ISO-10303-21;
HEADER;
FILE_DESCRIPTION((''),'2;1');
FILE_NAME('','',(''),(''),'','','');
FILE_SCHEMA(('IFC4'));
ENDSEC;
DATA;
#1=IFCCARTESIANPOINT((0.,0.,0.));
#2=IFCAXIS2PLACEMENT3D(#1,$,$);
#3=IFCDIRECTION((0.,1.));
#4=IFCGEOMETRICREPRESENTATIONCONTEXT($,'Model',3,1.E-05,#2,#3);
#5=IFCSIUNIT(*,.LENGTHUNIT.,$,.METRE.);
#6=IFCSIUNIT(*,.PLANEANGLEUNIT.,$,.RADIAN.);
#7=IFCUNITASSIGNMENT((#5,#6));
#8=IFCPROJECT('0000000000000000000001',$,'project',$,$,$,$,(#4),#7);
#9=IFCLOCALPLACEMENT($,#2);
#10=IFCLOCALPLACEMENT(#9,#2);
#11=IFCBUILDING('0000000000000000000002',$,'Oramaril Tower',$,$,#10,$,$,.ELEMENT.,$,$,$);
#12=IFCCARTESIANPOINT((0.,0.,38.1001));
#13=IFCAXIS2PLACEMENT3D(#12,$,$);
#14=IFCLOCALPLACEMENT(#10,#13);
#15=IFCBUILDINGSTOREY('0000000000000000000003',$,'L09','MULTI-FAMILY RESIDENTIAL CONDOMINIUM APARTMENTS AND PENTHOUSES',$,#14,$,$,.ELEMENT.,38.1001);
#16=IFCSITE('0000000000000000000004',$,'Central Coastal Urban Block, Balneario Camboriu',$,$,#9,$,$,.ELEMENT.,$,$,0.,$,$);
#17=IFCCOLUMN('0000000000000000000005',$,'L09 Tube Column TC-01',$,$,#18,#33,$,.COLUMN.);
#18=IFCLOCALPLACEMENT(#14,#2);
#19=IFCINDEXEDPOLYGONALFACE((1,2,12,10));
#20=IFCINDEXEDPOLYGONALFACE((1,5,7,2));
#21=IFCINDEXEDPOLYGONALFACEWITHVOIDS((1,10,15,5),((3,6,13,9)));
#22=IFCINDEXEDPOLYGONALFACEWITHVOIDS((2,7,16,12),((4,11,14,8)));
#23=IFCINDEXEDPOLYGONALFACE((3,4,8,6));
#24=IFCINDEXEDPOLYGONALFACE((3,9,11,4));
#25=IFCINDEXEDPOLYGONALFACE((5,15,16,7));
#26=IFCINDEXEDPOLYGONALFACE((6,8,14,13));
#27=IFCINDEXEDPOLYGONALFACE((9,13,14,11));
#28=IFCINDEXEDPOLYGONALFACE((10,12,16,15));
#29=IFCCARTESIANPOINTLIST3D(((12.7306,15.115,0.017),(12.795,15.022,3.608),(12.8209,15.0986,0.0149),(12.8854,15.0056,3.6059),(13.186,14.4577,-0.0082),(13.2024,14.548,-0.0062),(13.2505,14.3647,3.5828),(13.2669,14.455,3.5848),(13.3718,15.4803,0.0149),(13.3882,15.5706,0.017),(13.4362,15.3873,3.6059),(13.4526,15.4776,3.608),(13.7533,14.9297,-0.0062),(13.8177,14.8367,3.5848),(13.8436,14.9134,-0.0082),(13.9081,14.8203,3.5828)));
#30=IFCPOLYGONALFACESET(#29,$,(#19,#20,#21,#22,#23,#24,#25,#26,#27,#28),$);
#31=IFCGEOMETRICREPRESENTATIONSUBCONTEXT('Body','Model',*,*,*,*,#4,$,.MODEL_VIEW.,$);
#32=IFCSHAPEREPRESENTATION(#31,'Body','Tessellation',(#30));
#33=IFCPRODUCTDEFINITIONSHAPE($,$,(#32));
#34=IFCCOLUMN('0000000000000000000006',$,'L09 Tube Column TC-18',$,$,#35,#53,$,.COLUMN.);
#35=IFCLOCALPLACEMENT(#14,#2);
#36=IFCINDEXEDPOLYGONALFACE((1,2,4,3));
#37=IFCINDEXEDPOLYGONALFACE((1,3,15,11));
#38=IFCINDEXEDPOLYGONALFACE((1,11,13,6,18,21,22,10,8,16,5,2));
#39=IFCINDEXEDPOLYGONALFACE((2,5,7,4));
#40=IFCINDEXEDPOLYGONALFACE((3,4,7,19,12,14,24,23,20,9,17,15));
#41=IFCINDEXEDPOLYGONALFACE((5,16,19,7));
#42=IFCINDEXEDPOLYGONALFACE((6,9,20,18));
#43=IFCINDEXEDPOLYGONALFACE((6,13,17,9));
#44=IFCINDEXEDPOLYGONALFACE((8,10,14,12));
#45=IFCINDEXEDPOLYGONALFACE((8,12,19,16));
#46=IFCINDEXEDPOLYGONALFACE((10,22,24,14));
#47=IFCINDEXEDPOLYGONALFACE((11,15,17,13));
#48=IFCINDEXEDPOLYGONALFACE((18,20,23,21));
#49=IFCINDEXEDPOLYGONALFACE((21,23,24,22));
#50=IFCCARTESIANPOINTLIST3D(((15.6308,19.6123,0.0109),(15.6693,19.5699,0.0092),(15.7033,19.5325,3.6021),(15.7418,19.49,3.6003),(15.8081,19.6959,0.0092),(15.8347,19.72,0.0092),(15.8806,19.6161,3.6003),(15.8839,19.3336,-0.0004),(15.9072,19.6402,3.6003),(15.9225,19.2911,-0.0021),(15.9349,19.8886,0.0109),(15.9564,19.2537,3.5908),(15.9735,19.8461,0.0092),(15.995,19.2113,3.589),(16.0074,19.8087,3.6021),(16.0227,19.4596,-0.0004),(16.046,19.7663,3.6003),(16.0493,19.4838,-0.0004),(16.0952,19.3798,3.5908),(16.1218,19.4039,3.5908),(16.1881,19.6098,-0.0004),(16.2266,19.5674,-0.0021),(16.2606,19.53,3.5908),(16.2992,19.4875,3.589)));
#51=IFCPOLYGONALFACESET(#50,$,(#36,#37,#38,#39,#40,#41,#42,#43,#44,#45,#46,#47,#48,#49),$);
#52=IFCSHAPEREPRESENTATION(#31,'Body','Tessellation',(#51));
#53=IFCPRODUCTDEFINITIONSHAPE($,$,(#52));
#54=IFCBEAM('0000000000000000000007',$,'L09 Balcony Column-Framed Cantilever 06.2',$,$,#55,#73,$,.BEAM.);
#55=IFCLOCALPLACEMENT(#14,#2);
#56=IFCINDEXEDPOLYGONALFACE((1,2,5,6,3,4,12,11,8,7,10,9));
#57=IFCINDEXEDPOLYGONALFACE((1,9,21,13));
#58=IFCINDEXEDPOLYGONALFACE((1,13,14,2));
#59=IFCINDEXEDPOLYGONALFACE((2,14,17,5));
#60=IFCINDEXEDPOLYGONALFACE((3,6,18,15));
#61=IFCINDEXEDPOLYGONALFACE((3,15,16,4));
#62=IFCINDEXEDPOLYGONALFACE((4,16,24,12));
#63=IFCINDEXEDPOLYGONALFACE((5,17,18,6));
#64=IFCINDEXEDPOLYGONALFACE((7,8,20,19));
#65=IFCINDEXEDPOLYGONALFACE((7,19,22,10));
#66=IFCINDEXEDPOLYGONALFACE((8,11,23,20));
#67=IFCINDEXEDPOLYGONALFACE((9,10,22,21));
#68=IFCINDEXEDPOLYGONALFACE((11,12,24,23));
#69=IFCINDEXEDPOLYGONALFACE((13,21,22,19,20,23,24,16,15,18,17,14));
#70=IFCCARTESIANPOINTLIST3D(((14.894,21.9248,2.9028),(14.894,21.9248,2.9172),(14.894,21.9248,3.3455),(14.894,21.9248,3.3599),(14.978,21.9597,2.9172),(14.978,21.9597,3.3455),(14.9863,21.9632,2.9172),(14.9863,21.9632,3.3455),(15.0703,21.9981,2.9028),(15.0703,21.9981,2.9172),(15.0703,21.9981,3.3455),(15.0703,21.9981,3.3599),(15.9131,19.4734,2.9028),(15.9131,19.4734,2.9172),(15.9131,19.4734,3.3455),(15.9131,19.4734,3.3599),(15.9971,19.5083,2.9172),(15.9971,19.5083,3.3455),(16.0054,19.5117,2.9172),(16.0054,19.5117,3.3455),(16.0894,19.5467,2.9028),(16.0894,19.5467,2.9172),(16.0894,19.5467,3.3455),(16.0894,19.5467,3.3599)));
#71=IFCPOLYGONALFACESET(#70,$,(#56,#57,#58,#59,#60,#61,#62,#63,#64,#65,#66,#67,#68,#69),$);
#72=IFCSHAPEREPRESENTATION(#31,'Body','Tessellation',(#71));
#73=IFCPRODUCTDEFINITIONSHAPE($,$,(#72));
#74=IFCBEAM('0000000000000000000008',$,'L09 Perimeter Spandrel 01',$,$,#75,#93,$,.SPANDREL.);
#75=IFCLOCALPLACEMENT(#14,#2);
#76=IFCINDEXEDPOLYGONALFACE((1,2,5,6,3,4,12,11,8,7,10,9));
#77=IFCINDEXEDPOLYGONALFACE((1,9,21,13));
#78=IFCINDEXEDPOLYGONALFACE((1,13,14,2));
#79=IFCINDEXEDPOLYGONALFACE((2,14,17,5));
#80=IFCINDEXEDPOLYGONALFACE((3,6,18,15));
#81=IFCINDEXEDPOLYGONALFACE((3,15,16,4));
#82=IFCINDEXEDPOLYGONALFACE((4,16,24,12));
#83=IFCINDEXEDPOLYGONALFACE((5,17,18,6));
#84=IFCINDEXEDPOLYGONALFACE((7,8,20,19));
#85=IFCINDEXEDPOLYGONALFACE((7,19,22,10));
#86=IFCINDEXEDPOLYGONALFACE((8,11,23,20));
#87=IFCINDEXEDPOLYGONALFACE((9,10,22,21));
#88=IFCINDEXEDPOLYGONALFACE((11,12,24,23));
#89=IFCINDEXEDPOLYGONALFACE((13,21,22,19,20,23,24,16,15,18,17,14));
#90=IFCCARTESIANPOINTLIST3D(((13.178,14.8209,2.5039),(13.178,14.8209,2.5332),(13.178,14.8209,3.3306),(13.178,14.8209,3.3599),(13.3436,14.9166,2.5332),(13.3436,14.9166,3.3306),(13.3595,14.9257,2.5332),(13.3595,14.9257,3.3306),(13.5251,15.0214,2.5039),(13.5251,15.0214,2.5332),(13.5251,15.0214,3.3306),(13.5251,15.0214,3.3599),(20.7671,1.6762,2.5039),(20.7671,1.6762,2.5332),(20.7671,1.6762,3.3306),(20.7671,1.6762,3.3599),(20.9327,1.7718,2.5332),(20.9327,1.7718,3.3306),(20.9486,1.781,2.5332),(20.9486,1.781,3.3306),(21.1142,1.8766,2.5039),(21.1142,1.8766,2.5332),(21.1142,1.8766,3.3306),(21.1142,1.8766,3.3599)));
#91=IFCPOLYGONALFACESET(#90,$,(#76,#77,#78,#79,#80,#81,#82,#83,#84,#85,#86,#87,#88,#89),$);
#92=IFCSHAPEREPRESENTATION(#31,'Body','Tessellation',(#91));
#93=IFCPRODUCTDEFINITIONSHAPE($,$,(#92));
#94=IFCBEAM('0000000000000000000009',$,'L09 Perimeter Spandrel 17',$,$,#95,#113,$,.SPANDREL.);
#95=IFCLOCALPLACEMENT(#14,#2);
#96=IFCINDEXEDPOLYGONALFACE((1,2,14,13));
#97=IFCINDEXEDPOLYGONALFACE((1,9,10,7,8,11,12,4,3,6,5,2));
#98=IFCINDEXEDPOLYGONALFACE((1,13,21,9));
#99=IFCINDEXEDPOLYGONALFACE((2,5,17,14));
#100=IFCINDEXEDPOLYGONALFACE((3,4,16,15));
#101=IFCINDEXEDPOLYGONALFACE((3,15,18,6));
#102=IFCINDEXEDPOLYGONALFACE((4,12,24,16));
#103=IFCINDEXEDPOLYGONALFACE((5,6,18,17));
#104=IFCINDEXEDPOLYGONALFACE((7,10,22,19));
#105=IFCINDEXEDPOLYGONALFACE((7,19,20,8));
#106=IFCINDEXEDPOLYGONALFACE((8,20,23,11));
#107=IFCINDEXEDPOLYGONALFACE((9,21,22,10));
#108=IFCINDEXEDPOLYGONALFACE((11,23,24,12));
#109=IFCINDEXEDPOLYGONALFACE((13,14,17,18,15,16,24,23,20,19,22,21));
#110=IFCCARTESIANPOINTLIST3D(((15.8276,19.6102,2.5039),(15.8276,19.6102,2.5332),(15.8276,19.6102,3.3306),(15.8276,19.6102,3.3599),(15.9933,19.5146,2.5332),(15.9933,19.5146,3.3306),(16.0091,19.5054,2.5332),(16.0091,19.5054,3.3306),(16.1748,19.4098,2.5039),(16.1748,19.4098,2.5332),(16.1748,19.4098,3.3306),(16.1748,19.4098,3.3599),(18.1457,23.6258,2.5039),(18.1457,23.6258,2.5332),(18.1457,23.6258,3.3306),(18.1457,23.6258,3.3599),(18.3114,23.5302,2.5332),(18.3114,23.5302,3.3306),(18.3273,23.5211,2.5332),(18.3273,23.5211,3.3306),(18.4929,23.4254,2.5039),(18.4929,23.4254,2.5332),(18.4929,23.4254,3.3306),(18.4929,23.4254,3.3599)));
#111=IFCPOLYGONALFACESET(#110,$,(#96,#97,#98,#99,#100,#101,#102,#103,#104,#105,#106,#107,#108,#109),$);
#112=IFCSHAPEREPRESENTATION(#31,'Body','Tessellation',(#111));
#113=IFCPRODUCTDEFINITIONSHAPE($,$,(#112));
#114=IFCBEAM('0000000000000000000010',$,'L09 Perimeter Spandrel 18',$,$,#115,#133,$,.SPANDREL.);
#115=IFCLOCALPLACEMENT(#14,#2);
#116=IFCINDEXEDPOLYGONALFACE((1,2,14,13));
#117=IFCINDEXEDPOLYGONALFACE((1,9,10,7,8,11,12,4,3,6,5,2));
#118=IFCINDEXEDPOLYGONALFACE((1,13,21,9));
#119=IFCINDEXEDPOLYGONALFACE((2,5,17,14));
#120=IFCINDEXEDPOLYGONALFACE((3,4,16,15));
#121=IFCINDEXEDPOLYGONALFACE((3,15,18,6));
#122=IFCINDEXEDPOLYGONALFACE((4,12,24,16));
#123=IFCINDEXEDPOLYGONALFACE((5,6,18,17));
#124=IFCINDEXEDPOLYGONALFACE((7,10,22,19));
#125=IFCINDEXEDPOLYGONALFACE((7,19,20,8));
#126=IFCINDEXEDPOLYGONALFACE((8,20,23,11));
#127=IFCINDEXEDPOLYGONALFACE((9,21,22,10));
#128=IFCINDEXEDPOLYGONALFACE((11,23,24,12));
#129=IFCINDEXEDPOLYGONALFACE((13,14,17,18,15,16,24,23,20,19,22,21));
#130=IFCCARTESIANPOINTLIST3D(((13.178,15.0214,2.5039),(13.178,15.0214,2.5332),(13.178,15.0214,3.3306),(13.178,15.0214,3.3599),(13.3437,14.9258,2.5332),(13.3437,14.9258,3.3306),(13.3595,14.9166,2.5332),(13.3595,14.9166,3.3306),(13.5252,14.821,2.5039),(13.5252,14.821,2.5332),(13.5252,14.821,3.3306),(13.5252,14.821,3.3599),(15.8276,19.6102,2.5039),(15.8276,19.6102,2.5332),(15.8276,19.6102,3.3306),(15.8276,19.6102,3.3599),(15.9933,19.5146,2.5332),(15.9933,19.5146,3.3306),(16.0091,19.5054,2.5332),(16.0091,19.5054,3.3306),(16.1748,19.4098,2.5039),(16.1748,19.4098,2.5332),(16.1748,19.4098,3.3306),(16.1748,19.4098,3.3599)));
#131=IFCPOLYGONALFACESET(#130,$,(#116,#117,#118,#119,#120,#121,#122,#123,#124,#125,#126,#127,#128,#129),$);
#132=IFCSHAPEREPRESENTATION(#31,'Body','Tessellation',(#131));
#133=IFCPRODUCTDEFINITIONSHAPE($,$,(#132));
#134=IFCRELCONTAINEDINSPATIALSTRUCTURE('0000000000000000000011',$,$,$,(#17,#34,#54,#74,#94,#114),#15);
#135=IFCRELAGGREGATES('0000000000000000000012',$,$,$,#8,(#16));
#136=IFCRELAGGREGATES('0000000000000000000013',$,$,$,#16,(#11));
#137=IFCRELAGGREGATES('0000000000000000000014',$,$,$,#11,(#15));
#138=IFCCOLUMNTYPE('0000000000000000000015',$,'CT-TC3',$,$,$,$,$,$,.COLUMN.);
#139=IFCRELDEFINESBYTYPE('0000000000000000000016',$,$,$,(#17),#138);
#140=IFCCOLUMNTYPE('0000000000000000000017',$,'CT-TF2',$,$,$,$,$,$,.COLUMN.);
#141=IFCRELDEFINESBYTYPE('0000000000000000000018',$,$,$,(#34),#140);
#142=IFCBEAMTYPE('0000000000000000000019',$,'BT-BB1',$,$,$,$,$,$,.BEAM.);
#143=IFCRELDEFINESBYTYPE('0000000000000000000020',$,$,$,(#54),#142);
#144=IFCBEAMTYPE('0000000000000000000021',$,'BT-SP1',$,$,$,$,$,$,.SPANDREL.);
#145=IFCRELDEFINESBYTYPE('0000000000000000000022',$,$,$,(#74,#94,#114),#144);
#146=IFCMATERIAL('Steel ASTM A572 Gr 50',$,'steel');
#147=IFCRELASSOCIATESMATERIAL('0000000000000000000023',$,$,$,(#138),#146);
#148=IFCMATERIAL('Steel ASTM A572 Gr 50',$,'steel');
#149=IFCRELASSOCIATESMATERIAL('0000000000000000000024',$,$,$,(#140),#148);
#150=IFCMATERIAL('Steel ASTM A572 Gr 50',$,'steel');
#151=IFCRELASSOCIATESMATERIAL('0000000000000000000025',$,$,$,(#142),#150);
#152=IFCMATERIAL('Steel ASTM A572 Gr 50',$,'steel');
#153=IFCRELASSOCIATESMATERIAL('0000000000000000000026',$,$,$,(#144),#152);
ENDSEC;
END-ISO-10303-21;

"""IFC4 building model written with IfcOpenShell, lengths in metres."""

from ifc_helpers import new_model, si_unit, direction, frame, origin, origin_2d, place, context, subcontext, project, spatial, hollow_rectangle, i_section, extrude, material, material_profile, profile_set, type_object, element, save


model = new_model("IFC4")

# Units and contexts
model_context = context("Model", 3, precision=1e-05, world=origin(), true_north=direction((0.0, 1.0)))
body_context = subcontext(model_context, "Body", "Model", "MODEL_VIEW")
ifc_project = project(units=[si_unit("LENGTHUNIT", "METRE"), si_unit("PLANEANGLEUNIT", "RADIAN")], contexts=[model_context])

# Site, building, storey
site_placement = place(None, origin())
site = spatial("IfcSite", under=ifc_project, at=site_placement, Name="Central Coastal Urban Block, Balneario Camboriu", CompositionType="ELEMENT", RefElevation=0.0)
building_placement = place(site_placement, origin())
building = spatial("IfcBuilding", under=site, at=building_placement, Name="Oramaril Tower", CompositionType="ELEMENT")
storey_placement = place(building_placement, frame((0.0, 0.0, 38.1001)))
storey = spatial("IfcBuildingStorey", under=building, at=storey_placement, Name="L09", Description="MULTI-FAMILY RESIDENTIAL CONDOMINIUM APARTMENTS AND PENTHOUSES", CompositionType="ELEMENT", Elevation=38.1001)

# Columns
ifc_material_1 = material(Name="Steel ASTM A572 Gr 50", Category="steel")
ifc_material_profile_1 = material_profile(ifc_material_1, hollow_rectangle(XDim=0.8, YDim=0.8, WallThickness=0.0649, at=origin_2d()), Name="BOX800X800X65")
ifc_profile_set_1 = profile_set([ifc_material_profile_1], Name="Steel ASTM A572 Gr 50")
column_type_1 = type_object("IfcColumnType", Name="CT-TC3", PredefinedType="COLUMN", material=ifc_profile_set_1)
column_1_placement = place(storey_placement, frame((13.2871, 15.0142, 0.0044), z_axis=(0.017939, -0.02589, 0.999504), x_axis=(0.821959, 0.569546, 0.0)))
element("IfcColumn", 1, at=column_1_placement, inside=storey, type_object=column_type_1, Name="L09 Tube Column TC-01", PredefinedType="COLUMN", context=body_context, shape_type="SweptSolid", body=[
    extrude(hollow_rectangle(XDim=0.8, YDim=0.8, WallThickness=0.0649, at=origin_2d()), origin(), (0.0, 0.0, 1.0), 3.5928),
])
ifc_material_2 = material(Name="Steel ASTM A572 Gr 50", Category="steel")
ifc_material_profile_2 = material_profile(ifc_material_2, i_section(OverallWidth=0.4109, OverallDepth=0.4341, WebThickness=0.0359, FlangeThickness=0.0574, at=origin_2d()), Name="W14X311")
ifc_profile_set_2 = profile_set([ifc_material_profile_2], Name="Steel ASTM A572 Gr 50")
column_type_2 = type_object("IfcColumnType", Name="CT-TF2", PredefinedType="COLUMN", material=ifc_profile_set_2)
column_2_placement = place(storey_placement, frame((15.9287, 19.5898, 0.0044), z_axis=(0.020183, -0.022221, 0.999549), x_axis=(0.740247, 0.672335, 0.0)))
element("IfcColumn", 2, at=column_2_placement, inside=storey, type_object=column_type_2, Name="L09 Tube Column TC-18", PredefinedType="COLUMN", context=body_context, shape_type="SweptSolid", body=[
    extrude(i_section(OverallWidth=0.4109, OverallDepth=0.4341, WebThickness=0.0359, FlangeThickness=0.0574, at=origin_2d()), origin(), (0.0, 0.0, 1.0), 3.5928),
])

# Beams
ifc_material_3 = material(Name="Steel ASTM A572 Gr 50", Category="steel")
ifc_material_profile_3 = material_profile(ifc_material_3, i_section(OverallWidth=0.1909, OverallDepth=0.457, WebThickness=0.009, FlangeThickness=0.0144, at=origin_2d()), Name="W18X50")
ifc_profile_set_3 = profile_set([ifc_material_profile_3], Name="Steel ASTM A572 Gr 50")
beam_type_1 = type_object("IfcBeamType", Name="BT-BB1", PredefinedType="BEAM", material=ifc_profile_set_3)
beam_1_placement = place(storey_placement, frame((16.0012, 19.51, 3.1313), z_axis=(-0.383851, 0.923395, 0.0), x_axis=(-0.923395, -0.383851, 0.0)))
element("IfcBeam", 3, at=beam_1_placement, inside=storey, type_object=beam_type_1, Name="L09 Balcony Column-Framed Cantilever 06.2", PredefinedType="BEAM", context=body_context, shape_type="SweptSolid", body=[
    extrude(i_section(OverallWidth=0.1909, OverallDepth=0.457, WebThickness=0.009, FlangeThickness=0.0144, at=origin_2d()), origin(), (0.0, 0.0, 1.0), 2.6548),
])
ifc_material_4 = material(Name="Steel ASTM A572 Gr 50", Category="steel")
ifc_material_profile_4 = material_profile(ifc_material_4, i_section(OverallWidth=0.4009, OverallDepth=0.856, WebThickness=0.0183, FlangeThickness=0.0293, at=origin_2d()), Name="W33X201")
ifc_profile_set_4 = profile_set([ifc_material_profile_4], Name="Steel ASTM A572 Gr 50")
beam_type_2 = type_object("IfcBeamType", Name="BT-SP1", PredefinedType="SPANDREL", material=ifc_profile_set_4)
beam_2_placement = place(storey_placement, frame((13.3516, 14.9211, 2.9319), z_axis=(0.499999, -0.866026, 0.0), x_axis=(0.866026, 0.499999, 0.0)))
element("IfcBeam", 4, at=beam_2_placement, inside=storey, type_object=beam_type_2, Name="L09 Perimeter Spandrel 01", PredefinedType="SPANDREL", context=body_context, shape_type="SweptSolid", body=[
    extrude(i_section(OverallWidth=0.4009, OverallDepth=0.856, WebThickness=0.0183, FlangeThickness=0.0293, at=origin_2d()), origin(), (0.0, 0.0, 1.0), 15.1782),
])
beam_3_placement = place(storey_placement, frame((18.3193, 23.5256, 2.9319), z_axis=(-0.49995, -0.866054, 0.0), x_axis=(0.866054, -0.49995, 0.0)))
element("IfcBeam", 5, at=beam_3_placement, inside=storey, type_object=beam_type_2, Name="L09 Perimeter Spandrel 17", PredefinedType="SPANDREL", context=body_context, shape_type="SweptSolid", body=[
    extrude(i_section(OverallWidth=0.4009, OverallDepth=0.856, WebThickness=0.0183, FlangeThickness=0.0293, at=origin_2d()), origin(), (0.0, 0.0, 1.0), 4.6367),
])
beam_4_placement = place(storey_placement, frame((16.0012, 19.51, 2.9319), z_axis=(-0.500039, -0.866003, 0.0), x_axis=(0.866003, -0.500039, 0.0)))
element("IfcBeam", 6, at=beam_4_placement, inside=storey, type_object=beam_type_2, Name="L09 Perimeter Spandrel 18", PredefinedType="SPANDREL", context=body_context, shape_type="SweptSolid", body=[
    extrude(i_section(OverallWidth=0.4009, OverallDepth=0.856, WebThickness=0.0183, FlangeThickness=0.0293, at=origin_2d()), origin(), (0.0, 0.0, 1.0), 5.2988),
])

save(model, "model.ifc")
